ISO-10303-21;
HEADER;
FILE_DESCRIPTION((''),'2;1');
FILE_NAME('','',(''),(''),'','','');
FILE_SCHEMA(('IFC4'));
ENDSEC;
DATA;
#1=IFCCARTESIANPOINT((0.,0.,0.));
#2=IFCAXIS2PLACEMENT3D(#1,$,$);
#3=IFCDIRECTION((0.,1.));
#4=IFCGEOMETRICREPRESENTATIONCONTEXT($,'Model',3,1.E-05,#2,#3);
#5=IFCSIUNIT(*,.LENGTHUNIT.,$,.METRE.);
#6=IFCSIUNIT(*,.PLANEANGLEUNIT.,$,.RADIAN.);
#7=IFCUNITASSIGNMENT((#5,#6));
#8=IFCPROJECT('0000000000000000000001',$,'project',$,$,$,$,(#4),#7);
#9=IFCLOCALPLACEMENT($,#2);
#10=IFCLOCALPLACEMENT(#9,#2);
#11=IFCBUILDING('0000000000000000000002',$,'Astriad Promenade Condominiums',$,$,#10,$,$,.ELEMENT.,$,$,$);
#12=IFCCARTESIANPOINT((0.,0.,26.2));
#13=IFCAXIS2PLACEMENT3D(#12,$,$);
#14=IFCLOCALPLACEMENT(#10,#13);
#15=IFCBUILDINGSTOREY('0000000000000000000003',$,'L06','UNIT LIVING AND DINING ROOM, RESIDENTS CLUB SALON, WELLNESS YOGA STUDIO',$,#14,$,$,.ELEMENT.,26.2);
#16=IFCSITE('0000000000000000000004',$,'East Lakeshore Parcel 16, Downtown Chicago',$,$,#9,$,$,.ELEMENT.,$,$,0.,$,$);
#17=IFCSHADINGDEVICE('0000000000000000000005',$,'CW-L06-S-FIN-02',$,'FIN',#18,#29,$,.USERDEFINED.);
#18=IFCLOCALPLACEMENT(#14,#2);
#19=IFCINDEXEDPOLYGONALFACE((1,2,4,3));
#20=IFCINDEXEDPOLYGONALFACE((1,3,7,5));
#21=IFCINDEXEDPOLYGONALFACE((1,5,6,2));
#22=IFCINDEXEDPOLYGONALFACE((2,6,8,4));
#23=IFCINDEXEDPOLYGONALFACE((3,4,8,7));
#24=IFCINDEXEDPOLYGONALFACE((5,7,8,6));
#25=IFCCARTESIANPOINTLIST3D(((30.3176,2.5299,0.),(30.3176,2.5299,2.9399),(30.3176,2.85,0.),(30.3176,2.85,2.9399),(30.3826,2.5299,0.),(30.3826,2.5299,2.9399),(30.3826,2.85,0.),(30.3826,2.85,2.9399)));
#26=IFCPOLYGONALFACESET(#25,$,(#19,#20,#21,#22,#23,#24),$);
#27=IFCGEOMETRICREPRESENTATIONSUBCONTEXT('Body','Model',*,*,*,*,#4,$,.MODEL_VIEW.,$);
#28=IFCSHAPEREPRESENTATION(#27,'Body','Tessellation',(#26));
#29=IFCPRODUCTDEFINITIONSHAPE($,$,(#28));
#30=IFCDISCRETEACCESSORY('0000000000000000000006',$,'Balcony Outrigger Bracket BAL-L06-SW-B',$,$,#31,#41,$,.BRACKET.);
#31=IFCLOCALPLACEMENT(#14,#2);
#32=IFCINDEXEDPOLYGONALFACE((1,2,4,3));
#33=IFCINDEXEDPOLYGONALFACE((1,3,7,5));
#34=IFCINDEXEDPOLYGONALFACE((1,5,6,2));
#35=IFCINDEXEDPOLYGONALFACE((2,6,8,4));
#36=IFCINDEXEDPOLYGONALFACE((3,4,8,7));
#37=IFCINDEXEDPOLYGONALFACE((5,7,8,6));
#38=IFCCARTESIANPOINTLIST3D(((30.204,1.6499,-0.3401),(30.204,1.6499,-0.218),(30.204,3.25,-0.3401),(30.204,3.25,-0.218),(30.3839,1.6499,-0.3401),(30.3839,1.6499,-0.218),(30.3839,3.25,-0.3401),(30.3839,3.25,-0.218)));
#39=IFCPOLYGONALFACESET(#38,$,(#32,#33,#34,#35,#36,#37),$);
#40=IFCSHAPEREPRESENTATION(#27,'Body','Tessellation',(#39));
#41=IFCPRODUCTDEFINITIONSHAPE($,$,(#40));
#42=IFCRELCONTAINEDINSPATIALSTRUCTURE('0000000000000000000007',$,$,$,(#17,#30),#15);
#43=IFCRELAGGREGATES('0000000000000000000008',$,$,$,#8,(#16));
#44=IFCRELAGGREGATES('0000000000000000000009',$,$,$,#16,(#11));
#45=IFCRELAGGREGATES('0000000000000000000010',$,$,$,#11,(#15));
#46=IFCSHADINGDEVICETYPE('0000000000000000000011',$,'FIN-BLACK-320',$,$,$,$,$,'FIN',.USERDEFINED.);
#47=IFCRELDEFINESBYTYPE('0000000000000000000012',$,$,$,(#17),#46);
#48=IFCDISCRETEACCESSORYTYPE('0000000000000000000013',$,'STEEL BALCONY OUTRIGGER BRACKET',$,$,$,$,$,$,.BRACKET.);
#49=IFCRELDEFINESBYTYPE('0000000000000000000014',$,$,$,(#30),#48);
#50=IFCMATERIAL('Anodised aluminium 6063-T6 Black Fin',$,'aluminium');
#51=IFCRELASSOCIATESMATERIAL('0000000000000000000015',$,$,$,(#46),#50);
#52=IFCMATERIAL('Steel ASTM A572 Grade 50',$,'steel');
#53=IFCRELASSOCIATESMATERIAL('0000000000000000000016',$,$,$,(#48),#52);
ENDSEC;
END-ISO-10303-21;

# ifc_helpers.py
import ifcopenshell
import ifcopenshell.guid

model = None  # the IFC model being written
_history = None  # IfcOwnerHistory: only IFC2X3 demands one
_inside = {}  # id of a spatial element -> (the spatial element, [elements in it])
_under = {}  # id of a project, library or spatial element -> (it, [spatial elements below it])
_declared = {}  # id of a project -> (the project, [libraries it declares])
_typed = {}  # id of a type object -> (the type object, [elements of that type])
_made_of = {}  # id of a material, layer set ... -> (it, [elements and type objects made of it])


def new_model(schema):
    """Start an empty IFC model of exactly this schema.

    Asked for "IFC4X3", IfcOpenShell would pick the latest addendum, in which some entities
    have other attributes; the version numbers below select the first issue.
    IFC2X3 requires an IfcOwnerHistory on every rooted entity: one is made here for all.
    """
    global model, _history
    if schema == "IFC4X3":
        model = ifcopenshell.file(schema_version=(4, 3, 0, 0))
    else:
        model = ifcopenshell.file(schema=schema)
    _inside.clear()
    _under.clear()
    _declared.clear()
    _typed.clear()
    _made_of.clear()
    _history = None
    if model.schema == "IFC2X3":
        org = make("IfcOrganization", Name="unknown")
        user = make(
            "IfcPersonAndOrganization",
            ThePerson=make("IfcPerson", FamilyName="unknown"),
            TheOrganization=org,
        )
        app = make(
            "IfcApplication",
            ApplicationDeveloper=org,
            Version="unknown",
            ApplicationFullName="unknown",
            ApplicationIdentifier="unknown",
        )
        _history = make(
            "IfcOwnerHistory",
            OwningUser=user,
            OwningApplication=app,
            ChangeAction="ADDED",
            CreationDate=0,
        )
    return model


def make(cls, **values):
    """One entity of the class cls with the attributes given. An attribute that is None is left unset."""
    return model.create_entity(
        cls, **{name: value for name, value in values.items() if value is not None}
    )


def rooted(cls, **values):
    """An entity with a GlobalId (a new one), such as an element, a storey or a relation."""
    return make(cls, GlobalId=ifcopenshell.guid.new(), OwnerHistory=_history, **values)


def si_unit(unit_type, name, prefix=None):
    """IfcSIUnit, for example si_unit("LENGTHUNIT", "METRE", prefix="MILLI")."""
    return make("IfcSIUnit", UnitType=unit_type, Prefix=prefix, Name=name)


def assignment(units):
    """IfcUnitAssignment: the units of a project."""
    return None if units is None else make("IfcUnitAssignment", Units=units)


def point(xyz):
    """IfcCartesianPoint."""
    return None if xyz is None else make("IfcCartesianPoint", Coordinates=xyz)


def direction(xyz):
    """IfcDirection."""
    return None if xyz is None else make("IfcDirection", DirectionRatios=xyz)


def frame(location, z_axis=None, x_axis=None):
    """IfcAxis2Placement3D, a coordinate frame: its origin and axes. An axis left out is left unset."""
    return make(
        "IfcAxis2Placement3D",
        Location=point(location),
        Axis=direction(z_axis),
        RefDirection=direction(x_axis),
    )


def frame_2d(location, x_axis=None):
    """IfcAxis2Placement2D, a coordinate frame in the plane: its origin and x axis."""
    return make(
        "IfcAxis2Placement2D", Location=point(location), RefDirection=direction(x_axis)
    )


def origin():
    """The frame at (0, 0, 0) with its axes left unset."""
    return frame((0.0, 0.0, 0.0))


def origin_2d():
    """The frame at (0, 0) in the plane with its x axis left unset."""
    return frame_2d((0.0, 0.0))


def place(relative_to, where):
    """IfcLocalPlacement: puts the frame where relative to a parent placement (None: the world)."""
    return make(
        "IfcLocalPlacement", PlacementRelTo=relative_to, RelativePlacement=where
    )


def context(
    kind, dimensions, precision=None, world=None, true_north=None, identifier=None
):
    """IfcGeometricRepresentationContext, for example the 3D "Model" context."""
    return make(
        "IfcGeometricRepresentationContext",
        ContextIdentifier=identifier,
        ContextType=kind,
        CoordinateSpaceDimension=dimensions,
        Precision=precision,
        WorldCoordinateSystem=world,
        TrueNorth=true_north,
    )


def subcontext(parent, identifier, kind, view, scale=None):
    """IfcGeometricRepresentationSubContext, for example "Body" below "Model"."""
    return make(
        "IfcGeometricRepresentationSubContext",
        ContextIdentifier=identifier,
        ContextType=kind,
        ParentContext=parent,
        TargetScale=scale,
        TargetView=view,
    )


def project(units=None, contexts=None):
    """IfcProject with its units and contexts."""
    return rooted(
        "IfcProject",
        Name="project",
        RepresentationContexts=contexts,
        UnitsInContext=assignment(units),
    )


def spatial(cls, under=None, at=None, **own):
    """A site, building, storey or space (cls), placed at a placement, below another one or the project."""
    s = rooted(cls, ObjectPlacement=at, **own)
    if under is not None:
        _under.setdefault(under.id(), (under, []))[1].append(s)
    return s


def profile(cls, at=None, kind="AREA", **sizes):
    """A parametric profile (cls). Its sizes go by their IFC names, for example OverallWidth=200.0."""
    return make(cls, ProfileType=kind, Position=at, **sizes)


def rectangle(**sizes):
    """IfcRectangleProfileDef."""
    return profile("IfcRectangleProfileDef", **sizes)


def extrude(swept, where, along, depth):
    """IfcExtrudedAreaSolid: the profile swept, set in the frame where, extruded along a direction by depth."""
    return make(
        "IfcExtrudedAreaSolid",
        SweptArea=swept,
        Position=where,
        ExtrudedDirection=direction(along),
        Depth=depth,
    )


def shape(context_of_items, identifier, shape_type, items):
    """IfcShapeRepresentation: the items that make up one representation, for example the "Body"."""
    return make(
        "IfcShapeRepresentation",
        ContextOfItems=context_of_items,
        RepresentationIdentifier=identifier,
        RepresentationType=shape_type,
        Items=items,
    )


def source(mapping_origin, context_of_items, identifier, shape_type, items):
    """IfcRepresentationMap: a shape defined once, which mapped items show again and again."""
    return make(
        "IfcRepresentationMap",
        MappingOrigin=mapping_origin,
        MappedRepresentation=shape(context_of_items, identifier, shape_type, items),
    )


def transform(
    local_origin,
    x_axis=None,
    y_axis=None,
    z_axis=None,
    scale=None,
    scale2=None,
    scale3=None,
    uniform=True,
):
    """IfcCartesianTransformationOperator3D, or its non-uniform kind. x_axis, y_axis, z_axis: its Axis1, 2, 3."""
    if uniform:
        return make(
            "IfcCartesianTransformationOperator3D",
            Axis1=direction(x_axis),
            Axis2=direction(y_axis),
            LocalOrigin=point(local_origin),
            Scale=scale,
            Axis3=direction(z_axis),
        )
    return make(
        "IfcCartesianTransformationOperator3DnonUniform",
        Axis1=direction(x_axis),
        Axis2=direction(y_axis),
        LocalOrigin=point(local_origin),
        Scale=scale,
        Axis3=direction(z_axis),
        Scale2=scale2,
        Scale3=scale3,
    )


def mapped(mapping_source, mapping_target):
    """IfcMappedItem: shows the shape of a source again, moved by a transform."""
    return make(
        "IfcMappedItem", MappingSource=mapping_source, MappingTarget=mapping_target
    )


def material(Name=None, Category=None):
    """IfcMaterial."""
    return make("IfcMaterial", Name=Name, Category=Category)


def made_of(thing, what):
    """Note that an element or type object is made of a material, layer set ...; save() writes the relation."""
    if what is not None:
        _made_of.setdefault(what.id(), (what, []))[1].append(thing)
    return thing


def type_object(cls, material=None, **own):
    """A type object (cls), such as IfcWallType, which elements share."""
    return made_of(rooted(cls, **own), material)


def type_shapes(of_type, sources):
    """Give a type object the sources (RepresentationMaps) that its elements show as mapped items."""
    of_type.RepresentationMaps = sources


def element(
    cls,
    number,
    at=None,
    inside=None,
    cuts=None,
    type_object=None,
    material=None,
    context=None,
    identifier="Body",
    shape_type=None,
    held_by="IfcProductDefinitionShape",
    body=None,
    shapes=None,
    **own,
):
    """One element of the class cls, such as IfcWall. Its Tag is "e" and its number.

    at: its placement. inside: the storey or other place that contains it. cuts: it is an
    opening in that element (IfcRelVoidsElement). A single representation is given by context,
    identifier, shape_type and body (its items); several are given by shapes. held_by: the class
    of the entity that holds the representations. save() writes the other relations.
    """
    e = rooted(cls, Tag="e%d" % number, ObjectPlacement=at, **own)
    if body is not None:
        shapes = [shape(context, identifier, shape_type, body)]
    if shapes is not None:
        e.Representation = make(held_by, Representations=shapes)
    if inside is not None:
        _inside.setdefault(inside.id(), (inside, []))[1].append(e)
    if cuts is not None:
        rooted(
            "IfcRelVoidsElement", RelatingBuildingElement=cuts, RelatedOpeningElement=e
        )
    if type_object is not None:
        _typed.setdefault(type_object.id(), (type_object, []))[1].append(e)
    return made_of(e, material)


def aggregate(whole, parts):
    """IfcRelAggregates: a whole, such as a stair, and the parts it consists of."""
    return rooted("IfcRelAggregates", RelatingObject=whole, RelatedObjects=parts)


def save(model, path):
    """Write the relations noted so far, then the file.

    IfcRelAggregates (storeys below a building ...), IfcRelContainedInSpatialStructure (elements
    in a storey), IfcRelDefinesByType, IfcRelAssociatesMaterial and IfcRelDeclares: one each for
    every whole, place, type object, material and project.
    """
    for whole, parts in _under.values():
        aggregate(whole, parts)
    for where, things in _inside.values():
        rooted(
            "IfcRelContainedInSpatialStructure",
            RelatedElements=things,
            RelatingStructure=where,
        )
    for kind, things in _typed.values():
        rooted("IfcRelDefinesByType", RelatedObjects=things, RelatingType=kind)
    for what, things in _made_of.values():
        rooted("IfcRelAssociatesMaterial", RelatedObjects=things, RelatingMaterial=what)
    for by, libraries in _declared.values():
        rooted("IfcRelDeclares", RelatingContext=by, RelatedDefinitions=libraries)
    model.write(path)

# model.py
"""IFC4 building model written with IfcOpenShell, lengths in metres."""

from ifc_helpers import new_model, si_unit, direction, frame, origin, origin_2d, place, context, subcontext, project, spatial, rectangle, extrude, source, transform, mapped, material, type_object, type_shapes, element, save


model = new_model("IFC4")

# Units and contexts
model_context = context("Model", 3, precision=1e-05, world=origin(), true_north=direction((0.0, 1.0)))
body_context = subcontext(model_context, "Body", "Model", "MODEL_VIEW")
ifc_project = project(units=[si_unit("LENGTHUNIT", "METRE"), si_unit("PLANEANGLEUNIT", "RADIAN")], contexts=[model_context])

# Site, building, storey
site_placement = place(None, origin())
site = spatial("IfcSite", under=ifc_project, at=site_placement, Name="East Lakeshore Parcel 16, Downtown Chicago", CompositionType="ELEMENT", RefElevation=0.0)
building_placement = place(site_placement, origin())
building = spatial("IfcBuilding", under=site, at=building_placement, Name="Astriad Promenade Condominiums", CompositionType="ELEMENT")
storey_placement = place(building_placement, frame((0.0, 0.0, 26.2)))
storey = spatial("IfcBuildingStorey", under=building, at=storey_placement, Name="L06", Description="UNIT LIVING AND DINING ROOM, RESIDENTS CLUB SALON, WELLNESS YOGA STUDIO", CompositionType="ELEMENT", Elevation=26.2)

# Shading device
ifc_material_1 = material(Name="Anodised aluminium 6063-T6 Black Fin", Category="aluminium")
shading_device_type = type_object("IfcShadingDeviceType", Name="FIN-BLACK-320", ElementType="FIN", PredefinedType="USERDEFINED", material=ifc_material_1)
shared_shape_1 = source(origin(), body_context, "Body", "SweptSolid", [
    extrude(rectangle(XDim=0.0649, YDim=0.3201, at=origin_2d()), origin(), (0.0, 0.0, 1.0), 2.9399),
])
type_shapes(shading_device_type, [shared_shape_1])
shading_device_placement = place(storey_placement, frame((30.3501, 2.6899, 0.0), z_axis=(0.0, 0.0, 1.0), x_axis=(-1.0, 0.0, 0.0)))
element("IfcShadingDevice", 1, at=shading_device_placement, inside=storey, type_object=shading_device_type, Name="CW-L06-S-FIN-02", ObjectType="FIN", PredefinedType="USERDEFINED", context=body_context, shape_type="MappedRepresentation", body=[
    mapped(shared_shape_1, transform((0.0, 0.0, 0.0), scale=1.0)),
])

# Discrete accessory
ifc_material_2 = material(Name="Steel ASTM A572 Grade 50", Category="steel")
discrete_accessory_type = type_object("IfcDiscreteAccessoryType", Name="STEEL BALCONY OUTRIGGER BRACKET", PredefinedType="BRACKET", material=ifc_material_2)
shared_shape_2 = source(origin(), body_context, "Body", "SweptSolid", [
    extrude(rectangle(XDim=1.6001, YDim=0.1799, at=origin_2d()), origin(), (0.0, 0.0, 1.0), 0.1221),
])
type_shapes(discrete_accessory_type, [shared_shape_2])
discrete_accessory_placement = place(storey_placement, frame((30.2939, 2.45, -0.3401), z_axis=(0.0, 0.0, 1.0), x_axis=(0.0, -1.0, 0.0)))
element("IfcDiscreteAccessory", 2, at=discrete_accessory_placement, inside=storey, type_object=discrete_accessory_type, Name="Balcony Outrigger Bracket BAL-L06-SW-B", PredefinedType="BRACKET", context=body_context, shape_type="MappedRepresentation", body=[
    mapped(shared_shape_2, transform((0.0, 0.0, 0.0), scale=1.0)),
])

save(model, "model.ifc")
